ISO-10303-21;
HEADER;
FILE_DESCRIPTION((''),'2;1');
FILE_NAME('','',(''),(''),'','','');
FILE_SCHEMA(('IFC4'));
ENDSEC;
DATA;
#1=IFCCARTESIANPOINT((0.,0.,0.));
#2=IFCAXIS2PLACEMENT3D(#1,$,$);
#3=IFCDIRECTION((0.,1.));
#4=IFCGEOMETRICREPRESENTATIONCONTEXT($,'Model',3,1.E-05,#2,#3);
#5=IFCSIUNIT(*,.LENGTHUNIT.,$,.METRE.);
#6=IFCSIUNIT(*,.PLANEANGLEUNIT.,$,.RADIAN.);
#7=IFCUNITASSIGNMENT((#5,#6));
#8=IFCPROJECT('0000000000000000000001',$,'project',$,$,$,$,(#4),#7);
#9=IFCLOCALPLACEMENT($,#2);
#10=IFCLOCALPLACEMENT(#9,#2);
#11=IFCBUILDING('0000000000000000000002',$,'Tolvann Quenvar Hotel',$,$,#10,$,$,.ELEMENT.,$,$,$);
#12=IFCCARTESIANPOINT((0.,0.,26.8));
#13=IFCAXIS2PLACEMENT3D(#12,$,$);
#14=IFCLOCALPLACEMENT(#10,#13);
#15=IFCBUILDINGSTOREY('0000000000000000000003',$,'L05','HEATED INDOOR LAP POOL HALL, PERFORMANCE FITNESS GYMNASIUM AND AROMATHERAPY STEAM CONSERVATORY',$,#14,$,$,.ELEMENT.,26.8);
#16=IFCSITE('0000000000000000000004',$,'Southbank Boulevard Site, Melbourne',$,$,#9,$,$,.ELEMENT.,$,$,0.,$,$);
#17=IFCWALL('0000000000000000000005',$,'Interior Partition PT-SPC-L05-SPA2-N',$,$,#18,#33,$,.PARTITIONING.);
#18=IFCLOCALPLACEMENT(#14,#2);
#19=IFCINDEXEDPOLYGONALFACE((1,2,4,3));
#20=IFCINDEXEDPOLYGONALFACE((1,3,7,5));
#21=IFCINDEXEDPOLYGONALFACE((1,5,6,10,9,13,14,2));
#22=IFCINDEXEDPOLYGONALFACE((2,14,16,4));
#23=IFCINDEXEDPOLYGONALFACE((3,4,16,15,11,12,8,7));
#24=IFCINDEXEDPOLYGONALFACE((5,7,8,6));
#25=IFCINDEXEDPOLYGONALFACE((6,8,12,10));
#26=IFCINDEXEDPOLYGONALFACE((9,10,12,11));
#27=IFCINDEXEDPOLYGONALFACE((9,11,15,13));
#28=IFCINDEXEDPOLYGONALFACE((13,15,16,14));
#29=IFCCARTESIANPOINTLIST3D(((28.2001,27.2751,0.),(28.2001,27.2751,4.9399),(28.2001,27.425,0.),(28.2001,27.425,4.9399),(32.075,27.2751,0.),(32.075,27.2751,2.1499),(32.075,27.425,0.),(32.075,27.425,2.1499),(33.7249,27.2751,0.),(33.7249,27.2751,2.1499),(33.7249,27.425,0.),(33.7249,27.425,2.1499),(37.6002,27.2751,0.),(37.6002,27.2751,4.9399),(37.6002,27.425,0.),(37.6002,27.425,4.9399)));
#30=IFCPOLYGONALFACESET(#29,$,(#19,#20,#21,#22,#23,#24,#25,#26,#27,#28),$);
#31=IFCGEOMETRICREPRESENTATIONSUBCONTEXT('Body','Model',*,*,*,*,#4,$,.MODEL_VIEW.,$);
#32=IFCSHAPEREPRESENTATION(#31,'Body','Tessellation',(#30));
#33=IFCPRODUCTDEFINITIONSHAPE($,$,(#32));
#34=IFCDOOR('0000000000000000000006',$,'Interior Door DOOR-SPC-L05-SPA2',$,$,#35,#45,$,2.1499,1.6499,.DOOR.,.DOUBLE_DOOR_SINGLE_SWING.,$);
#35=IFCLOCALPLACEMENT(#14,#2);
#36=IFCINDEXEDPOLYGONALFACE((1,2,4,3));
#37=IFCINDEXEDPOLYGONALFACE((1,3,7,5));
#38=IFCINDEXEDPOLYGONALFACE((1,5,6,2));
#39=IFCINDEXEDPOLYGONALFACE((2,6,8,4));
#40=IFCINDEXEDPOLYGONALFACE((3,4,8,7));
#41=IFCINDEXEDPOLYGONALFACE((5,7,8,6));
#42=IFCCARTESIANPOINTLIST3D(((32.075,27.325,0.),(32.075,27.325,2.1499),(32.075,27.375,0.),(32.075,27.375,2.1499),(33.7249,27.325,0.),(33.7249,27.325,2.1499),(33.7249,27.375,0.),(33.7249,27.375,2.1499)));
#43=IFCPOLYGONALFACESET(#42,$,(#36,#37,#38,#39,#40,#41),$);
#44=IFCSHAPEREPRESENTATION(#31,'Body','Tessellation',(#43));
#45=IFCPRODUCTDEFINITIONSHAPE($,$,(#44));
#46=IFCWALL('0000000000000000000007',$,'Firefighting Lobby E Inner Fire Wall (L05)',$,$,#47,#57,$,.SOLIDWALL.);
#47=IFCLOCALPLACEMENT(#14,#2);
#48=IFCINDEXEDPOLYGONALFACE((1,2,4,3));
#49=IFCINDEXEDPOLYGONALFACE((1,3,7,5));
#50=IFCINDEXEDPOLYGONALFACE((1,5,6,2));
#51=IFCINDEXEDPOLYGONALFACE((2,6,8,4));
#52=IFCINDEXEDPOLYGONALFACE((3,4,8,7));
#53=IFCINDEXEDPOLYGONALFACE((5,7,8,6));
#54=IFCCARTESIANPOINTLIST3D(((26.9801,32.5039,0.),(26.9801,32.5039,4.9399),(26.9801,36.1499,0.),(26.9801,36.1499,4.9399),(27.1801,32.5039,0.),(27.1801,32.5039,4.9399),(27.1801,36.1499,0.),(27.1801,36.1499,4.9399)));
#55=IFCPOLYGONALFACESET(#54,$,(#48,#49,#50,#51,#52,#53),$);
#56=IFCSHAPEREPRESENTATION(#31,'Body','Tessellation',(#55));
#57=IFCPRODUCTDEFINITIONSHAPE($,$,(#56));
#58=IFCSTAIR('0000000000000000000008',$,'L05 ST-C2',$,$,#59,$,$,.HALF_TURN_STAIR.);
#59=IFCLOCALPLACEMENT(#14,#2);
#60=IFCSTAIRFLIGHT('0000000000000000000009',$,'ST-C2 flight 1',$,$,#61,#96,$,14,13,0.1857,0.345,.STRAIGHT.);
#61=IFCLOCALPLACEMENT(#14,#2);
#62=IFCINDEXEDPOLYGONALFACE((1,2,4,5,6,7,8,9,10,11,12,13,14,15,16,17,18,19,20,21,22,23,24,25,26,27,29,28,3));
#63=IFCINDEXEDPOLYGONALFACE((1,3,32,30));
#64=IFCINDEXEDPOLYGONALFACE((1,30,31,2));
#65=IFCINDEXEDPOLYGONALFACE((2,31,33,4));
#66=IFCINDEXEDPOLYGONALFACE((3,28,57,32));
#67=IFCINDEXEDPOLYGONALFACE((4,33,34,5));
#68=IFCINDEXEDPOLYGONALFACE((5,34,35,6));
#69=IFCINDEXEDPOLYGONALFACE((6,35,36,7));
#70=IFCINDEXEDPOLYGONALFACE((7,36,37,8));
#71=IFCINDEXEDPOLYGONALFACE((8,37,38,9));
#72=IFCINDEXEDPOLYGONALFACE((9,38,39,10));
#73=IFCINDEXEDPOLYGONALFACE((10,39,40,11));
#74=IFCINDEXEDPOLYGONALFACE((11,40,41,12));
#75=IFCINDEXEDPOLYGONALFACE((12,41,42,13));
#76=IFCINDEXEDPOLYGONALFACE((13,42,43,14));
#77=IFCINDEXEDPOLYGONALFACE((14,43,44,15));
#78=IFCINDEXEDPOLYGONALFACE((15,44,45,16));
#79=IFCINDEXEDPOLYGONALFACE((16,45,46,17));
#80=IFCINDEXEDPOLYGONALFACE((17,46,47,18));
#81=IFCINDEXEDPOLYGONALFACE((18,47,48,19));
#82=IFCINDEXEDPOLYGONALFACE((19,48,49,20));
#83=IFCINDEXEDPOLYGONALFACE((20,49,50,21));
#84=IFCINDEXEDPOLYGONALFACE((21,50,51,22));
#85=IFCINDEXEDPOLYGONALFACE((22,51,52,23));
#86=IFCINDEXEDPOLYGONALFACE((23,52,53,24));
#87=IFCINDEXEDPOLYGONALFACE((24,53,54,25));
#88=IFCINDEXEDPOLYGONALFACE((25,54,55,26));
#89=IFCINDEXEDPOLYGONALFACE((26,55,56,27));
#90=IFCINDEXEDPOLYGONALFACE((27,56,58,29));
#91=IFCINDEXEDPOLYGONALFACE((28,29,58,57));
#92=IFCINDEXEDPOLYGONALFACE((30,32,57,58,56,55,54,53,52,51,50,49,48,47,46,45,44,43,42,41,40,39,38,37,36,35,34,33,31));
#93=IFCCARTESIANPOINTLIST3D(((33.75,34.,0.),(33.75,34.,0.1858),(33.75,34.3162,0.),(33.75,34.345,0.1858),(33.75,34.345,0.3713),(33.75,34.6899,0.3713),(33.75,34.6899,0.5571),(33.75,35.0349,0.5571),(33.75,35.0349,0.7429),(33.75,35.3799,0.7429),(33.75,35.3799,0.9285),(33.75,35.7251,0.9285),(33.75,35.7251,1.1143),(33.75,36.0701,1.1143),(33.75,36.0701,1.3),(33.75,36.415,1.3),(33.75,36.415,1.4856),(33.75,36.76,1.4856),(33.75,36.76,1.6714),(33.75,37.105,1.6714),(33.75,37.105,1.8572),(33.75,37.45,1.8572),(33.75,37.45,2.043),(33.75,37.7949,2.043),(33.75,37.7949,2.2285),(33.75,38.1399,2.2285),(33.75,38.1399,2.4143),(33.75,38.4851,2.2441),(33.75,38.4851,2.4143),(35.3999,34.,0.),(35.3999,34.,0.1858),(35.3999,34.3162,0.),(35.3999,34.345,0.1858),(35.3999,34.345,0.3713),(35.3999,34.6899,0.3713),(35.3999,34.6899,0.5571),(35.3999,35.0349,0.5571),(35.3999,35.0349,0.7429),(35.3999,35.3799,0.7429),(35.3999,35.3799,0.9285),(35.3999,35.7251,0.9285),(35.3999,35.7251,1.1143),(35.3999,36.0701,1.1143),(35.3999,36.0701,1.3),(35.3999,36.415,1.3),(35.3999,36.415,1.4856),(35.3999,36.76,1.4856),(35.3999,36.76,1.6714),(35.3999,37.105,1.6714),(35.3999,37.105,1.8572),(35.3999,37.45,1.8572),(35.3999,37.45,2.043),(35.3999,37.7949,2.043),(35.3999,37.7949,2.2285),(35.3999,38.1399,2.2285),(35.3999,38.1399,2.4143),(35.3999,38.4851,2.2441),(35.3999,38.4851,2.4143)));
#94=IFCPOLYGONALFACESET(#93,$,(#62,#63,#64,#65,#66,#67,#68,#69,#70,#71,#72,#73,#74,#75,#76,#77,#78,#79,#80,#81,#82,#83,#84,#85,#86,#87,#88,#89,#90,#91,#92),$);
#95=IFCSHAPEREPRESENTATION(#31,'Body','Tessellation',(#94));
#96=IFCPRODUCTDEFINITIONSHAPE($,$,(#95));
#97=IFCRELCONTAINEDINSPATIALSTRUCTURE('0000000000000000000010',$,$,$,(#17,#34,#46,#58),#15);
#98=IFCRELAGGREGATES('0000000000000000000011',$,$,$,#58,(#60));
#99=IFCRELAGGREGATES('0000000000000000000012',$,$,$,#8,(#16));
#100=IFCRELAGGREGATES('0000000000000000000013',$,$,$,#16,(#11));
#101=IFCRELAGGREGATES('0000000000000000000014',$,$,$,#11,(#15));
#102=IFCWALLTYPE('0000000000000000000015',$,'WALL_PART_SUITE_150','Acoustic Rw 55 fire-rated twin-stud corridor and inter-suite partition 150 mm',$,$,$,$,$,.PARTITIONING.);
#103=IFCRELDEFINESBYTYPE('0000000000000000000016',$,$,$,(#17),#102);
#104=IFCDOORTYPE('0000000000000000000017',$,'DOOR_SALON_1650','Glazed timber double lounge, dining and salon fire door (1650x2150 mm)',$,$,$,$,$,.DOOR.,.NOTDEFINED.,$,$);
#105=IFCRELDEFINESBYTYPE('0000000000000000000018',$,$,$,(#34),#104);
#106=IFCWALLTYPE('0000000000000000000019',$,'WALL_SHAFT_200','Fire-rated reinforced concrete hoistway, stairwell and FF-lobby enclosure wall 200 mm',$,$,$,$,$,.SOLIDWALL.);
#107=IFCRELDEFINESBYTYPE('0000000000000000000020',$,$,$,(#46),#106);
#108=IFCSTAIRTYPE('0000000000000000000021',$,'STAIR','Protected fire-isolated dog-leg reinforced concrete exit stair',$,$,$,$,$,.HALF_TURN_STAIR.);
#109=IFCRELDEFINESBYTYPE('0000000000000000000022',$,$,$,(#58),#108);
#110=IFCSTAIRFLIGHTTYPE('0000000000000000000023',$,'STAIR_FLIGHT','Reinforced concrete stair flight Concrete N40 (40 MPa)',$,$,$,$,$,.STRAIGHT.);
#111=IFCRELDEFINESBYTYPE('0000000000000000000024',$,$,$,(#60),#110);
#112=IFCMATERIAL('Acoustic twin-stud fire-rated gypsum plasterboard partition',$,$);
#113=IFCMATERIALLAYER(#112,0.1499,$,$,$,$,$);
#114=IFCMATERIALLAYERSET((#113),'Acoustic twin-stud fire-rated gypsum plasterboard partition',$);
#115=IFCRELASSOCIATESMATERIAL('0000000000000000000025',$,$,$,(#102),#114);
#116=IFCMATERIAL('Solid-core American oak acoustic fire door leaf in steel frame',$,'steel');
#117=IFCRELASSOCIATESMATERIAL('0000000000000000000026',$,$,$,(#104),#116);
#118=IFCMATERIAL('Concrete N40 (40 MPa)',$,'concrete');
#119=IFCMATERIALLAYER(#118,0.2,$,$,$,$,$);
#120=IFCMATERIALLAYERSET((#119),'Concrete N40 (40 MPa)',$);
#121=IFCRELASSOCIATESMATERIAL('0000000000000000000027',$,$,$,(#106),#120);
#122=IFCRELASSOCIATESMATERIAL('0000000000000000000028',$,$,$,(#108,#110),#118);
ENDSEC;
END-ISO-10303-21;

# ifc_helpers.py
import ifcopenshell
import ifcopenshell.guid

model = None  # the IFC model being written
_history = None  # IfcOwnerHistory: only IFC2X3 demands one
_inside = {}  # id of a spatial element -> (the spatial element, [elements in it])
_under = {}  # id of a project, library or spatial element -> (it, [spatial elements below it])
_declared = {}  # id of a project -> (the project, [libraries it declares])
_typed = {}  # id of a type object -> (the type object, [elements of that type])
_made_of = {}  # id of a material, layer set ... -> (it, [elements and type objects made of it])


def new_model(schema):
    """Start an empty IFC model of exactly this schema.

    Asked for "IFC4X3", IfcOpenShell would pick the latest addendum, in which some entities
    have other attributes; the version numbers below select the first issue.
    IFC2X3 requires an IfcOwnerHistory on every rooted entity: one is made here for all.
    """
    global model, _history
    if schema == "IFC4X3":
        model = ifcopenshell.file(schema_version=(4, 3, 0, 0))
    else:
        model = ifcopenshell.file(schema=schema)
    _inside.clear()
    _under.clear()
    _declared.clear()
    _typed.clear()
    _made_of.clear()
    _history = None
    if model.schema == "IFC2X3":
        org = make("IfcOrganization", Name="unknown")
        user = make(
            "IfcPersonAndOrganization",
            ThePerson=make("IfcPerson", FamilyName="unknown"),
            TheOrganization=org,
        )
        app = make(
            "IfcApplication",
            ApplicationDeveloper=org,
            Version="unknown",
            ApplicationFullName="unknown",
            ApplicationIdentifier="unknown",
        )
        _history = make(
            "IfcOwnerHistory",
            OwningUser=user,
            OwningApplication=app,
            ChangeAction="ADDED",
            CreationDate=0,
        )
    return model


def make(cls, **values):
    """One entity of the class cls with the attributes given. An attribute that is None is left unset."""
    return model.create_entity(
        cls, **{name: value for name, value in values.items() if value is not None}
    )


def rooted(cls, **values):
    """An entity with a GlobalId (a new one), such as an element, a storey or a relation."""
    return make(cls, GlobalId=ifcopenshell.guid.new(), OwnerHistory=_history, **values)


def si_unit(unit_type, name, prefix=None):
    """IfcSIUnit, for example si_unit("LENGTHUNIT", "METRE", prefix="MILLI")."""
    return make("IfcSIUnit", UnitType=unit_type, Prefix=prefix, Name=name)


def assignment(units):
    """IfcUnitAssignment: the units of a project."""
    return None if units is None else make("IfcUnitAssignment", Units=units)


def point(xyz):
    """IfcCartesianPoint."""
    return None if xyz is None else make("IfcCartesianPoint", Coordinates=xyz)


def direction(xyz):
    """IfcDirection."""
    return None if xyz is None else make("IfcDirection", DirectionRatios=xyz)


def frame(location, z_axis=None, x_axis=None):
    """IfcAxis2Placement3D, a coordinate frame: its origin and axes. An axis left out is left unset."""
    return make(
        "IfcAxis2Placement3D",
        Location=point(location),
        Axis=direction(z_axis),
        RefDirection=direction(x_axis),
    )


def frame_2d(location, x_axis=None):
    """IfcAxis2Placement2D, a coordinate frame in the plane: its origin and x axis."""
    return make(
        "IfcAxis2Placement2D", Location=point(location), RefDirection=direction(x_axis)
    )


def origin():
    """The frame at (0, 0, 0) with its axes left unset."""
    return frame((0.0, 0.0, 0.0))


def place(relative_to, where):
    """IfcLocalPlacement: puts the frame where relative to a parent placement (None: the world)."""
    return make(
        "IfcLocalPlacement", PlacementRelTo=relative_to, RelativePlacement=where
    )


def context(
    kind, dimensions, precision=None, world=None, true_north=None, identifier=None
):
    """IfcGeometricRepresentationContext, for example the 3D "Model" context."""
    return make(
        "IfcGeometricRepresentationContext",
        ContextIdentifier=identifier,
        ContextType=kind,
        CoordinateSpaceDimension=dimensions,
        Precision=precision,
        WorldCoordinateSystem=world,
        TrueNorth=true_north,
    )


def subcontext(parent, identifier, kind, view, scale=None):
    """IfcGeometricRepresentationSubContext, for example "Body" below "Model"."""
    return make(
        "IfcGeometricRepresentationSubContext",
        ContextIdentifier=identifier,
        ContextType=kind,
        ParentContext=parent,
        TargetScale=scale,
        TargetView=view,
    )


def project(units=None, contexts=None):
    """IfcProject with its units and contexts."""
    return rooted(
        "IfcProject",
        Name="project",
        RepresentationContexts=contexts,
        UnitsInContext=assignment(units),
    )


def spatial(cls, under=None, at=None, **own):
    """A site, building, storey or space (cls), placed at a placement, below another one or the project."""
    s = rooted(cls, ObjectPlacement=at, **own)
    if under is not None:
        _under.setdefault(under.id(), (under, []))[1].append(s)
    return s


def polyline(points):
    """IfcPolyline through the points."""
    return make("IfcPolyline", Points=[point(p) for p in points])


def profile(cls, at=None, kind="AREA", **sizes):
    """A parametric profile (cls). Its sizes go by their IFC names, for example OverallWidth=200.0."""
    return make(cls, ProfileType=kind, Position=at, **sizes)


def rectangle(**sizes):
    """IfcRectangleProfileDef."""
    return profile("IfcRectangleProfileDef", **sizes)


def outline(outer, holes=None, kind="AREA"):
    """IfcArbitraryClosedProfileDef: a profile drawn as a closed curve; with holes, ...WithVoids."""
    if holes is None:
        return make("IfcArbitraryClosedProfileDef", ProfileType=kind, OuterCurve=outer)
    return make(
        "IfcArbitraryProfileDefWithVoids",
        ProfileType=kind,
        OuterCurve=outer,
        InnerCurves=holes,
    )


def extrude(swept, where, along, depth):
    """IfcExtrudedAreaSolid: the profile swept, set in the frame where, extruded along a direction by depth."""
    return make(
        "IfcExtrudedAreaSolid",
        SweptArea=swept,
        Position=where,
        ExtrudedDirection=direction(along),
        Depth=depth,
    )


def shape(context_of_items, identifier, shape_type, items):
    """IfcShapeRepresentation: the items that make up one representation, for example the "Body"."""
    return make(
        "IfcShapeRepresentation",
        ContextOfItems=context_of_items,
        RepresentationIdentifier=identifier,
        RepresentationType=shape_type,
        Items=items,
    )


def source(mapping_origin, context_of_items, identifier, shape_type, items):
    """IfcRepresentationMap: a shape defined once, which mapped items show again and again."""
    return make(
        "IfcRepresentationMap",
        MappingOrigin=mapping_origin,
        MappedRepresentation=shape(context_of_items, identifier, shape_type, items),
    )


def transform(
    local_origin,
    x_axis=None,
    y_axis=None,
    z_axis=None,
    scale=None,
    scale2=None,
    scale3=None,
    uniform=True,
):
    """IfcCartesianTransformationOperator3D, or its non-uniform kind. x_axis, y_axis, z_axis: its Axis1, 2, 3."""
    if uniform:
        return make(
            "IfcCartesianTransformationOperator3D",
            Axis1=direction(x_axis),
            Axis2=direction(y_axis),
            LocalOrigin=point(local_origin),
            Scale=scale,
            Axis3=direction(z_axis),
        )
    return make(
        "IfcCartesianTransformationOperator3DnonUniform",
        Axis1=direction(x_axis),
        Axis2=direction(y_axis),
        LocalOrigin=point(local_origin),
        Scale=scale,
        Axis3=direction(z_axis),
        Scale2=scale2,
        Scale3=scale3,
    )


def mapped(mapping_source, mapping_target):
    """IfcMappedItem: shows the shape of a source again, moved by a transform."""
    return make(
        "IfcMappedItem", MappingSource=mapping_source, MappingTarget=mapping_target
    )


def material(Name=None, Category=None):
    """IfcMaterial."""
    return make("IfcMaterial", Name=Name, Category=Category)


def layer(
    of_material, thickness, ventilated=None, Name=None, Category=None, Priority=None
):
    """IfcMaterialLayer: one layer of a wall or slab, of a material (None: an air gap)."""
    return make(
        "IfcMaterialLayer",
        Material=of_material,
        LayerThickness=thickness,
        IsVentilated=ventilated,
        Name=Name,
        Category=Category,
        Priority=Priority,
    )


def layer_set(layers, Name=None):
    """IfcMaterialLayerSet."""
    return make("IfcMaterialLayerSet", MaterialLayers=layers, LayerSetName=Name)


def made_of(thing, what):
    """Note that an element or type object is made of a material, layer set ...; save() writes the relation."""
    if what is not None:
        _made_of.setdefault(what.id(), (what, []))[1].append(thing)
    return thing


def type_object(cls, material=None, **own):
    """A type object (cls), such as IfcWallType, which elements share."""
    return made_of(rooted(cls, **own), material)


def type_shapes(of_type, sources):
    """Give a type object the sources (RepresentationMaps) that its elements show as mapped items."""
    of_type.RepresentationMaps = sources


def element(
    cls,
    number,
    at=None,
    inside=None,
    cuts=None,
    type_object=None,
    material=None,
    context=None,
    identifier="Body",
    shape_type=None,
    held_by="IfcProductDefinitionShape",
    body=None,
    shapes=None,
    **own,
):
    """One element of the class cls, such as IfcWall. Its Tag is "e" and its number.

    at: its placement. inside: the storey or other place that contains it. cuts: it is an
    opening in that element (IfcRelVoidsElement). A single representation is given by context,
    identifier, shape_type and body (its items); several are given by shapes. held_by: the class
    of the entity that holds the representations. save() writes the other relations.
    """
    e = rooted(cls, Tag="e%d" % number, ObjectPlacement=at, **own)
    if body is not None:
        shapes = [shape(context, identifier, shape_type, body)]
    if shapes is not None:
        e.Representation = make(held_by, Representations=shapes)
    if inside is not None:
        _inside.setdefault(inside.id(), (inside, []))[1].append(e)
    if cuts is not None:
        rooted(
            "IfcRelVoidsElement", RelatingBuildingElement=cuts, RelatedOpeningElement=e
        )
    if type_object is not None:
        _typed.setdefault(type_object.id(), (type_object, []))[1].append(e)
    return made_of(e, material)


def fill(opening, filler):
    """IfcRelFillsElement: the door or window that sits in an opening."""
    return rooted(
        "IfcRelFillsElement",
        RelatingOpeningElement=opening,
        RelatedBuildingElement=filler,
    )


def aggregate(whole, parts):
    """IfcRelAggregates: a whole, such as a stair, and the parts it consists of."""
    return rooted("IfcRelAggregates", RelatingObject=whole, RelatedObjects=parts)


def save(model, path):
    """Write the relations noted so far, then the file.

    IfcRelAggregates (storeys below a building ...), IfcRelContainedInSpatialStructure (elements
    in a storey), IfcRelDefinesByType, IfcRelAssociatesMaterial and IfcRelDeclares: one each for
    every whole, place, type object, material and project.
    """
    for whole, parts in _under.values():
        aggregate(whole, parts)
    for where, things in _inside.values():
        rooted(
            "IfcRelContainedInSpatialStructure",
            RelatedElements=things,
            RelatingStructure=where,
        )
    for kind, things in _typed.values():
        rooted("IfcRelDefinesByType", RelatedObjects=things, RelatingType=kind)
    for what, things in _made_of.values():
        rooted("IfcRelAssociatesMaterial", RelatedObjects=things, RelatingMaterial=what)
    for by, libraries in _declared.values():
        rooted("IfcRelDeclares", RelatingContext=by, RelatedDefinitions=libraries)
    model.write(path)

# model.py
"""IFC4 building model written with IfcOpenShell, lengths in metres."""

from ifc_helpers import new_model, si_unit, direction, frame, frame_2d, origin, place, context, subcontext, project, spatial, polyline, rectangle, outline, extrude, source, transform, mapped, material, layer, layer_set, type_object, type_shapes, element, fill, aggregate, save


model = new_model("IFC4")

# Units and contexts
model_context = context("Model", 3, precision=1e-05, world=origin(), true_north=direction((0.0, 1.0)))
body_context = subcontext(model_context, "Body", "Model", "MODEL_VIEW")
ifc_project = project(units=[si_unit("LENGTHUNIT", "METRE"), si_unit("PLANEANGLEUNIT", "RADIAN")], contexts=[model_context])

# Site, building, storey
site_placement = place(None, origin())
site = spatial("IfcSite", under=ifc_project, at=site_placement, Name="Southbank Boulevard Site, Melbourne", CompositionType="ELEMENT", RefElevation=0.0)
building_placement = place(site_placement, origin())
building = spatial("IfcBuilding", under=site, at=building_placement, Name="Tolvann Quenvar Hotel", CompositionType="ELEMENT")
storey_placement = place(building_placement, frame((0.0, 0.0, 26.8)))
storey = spatial("IfcBuildingStorey", under=building, at=storey_placement, Name="L05", Description="HEATED INDOOR LAP POOL HALL, PERFORMANCE FITNESS GYMNASIUM AND AROMATHERAPY STEAM CONSERVATORY", CompositionType="ELEMENT", Elevation=26.8)

# Shared definitions
ifc_material_1 = material(Name="Acoustic twin-stud fire-rated gypsum plasterboard partition")
ifc_layer_1 = layer(ifc_material_1, 0.1499)
ifc_layer_set_1 = layer_set([ifc_layer_1], Name="Acoustic twin-stud fire-rated gypsum plasterboard partition")
wall_type_1 = type_object("IfcWallType", Name="WALL_PART_SUITE_150", Description="Acoustic Rw 55 fire-rated twin-stud corridor and inter-suite partition 150 mm", PredefinedType="PARTITIONING", material=ifc_layer_set_1)

# Wall, opening, door
wall_1_placement = place(storey_placement, frame((28.2, 27.3501, 0.0), z_axis=(0.0, 0.0, 1.0), x_axis=(1.0, 0.0, 0.0)))
wall_1 = element("IfcWall", 1, at=wall_1_placement, inside=storey, type_object=wall_type_1, Name="Interior Partition PT-SPC-L05-SPA2-N", PredefinedType="PARTITIONING", context=body_context, shape_type="SweptSolid", body=[
    extrude(rectangle(XDim=9.4001, YDim=0.1499, at=frame_2d((4.7002, 0.0))), origin(), (0.0, 0.0, 1.0), 4.9399),
])
opening_1_placement = place(wall_1_placement, frame((3.875, 0.0, 0.0)))
opening_1 = element("IfcOpeningElement", 2, at=opening_1_placement, cuts=wall_1, PredefinedType="OPENING", context=body_context, shape_type="SweptSolid", body=[
    extrude(rectangle(XDim=1.6499, YDim=2.1499, at=frame_2d((0.825, 1.075))), frame((0.0, 0.085, 0.0), z_axis=(0.0, -1.0, 0.0), x_axis=(1.0, 0.0, 0.0)), (0.0, 0.0, 1.0), 0.1699),
])
ifc_material_2 = material(Name="Solid-core American oak acoustic fire door leaf in steel frame", Category="steel")
door_type_1 = type_object("IfcDoorType", Name="DOOR_SALON_1650", Description="Glazed timber double lounge, dining and salon fire door (1650x2150 mm)", OperationType="NOTDEFINED", PredefinedType="DOOR", material=ifc_material_2)
shared_shape_1 = source(origin(), body_context, "Body", "SweptSolid", [
    extrude(rectangle(XDim=1.6499, YDim=2.1499, at=frame_2d((0.825, 1.075))), frame((0.0, 0.0249, 0.0), z_axis=(0.0, -1.0, 0.0), x_axis=(1.0, 0.0, 0.0)), (0.0, 0.0, 1.0), 0.05),
])
type_shapes(door_type_1, [shared_shape_1])
door_1_placement = place(opening_1_placement, origin())
door_1 = element("IfcDoor", 3, at=door_1_placement, inside=storey, type_object=door_type_1, Name="Interior Door DOOR-SPC-L05-SPA2", OperationType="DOUBLE_DOOR_SINGLE_SWING", OverallHeight=2.1499, OverallWidth=1.6499, PredefinedType="DOOR", context=body_context, shape_type="MappedRepresentation", body=[
    mapped(shared_shape_1, transform((0.0, 0.0, 0.0), x_axis=(1.0, 0.0, 0.0), y_axis=(0.0, 1.0, 0.0), z_axis=(0.0, 0.0, 1.0), scale=1.0)),
])
fill(opening_1, door_1)

# Wall
ifc_material_3 = material(Name="Concrete N40 (40 MPa)", Category="concrete")
ifc_layer_2 = layer(ifc_material_3, 0.2)
ifc_layer_set_2 = layer_set([ifc_layer_2], Name="Concrete N40 (40 MPa)")
wall_type_2 = type_object("IfcWallType", Name="WALL_SHAFT_200", Description="Fire-rated reinforced concrete hoistway, stairwell and FF-lobby enclosure wall 200 mm", PredefinedType="SOLIDWALL", material=ifc_layer_set_2)
wall_2_placement = place(storey_placement, frame((27.0801, 32.5039, 0.0), z_axis=(0.0, 0.0, 1.0), x_axis=(0.0, 1.0, 0.0)))
element("IfcWall", 4, at=wall_2_placement, inside=storey, type_object=wall_type_2, Name="Firefighting Lobby E Inner Fire Wall (L05)", PredefinedType="SOLIDWALL", context=body_context, shape_type="SweptSolid", body=[
    extrude(rectangle(XDim=3.646, YDim=0.2, at=frame_2d((1.823, 0.0))), origin(), (0.0, 0.0, 1.0), 4.9399),
])

# Stair, stair flight
stair_type = type_object("IfcStairType", Name="STAIR", Description="Protected fire-isolated dog-leg reinforced concrete exit stair", PredefinedType="HALF_TURN_STAIR", material=ifc_material_3)
stair_placement = place(storey_placement, origin())
stair = element("IfcStair", 5, at=stair_placement, inside=storey, type_object=stair_type, Name="L05 ST-C2", PredefinedType="HALF_TURN_STAIR")
stair_flight_type = type_object("IfcStairFlightType", Name="STAIR_FLIGHT", Description="Reinforced concrete stair flight Concrete N40 (40 MPa)", PredefinedType="STRAIGHT", material=ifc_material_3)
stair_flight_placement = place(storey_placement, frame((34.575, 34.0, 0.0), z_axis=(0.0, 0.0, 1.0), x_axis=(0.0, 1.0, 0.0)))
stair_flight = element("IfcStairFlight", 6, at=stair_flight_placement, type_object=stair_flight_type, Name="ST-C2 flight 1", NumberOfRisers=14, NumberOfTreads=13, PredefinedType="STRAIGHT", RiserHeight=0.1857, TreadLength=0.345, context=body_context, shape_type="SweptSolid", body=[
    extrude(outline(polyline([(0.0, 0.0), (0.0, 0.1858), (0.345, 0.1858), (0.345, 0.3713), (0.6899, 0.3713), (0.6899, 0.5571), (1.0349, 0.5571), (1.0349, 0.7429), (1.3799, 0.7429), (1.3799, 0.9285), (1.7251, 0.9285), (1.7251, 1.1143), (2.0701, 1.1143), (2.0701, 1.3), (2.415, 1.3), (2.415, 1.4856), (2.76, 1.4856), (2.76, 1.6714), (3.105, 1.6714), (3.105, 1.8572), (3.45, 1.8572), (3.45, 2.043), (3.7949, 2.043), (3.7949, 2.2285), (4.1399, 2.2285), (4.1399, 2.4143), (4.4851, 2.4143), (4.4851, 2.6001), (4.4851, 2.2441), (0.3162, 0.0), (0.0, 0.0)])), frame((0.0, 0.825, 0.0), z_axis=(0.0, -1.0, 0.0), x_axis=(1.0, 0.0, 0.0)), (0.0, 0.0, 1.0), 1.6499),
])
aggregate(stair, [stair_flight])

save(model, "model.ifc")
